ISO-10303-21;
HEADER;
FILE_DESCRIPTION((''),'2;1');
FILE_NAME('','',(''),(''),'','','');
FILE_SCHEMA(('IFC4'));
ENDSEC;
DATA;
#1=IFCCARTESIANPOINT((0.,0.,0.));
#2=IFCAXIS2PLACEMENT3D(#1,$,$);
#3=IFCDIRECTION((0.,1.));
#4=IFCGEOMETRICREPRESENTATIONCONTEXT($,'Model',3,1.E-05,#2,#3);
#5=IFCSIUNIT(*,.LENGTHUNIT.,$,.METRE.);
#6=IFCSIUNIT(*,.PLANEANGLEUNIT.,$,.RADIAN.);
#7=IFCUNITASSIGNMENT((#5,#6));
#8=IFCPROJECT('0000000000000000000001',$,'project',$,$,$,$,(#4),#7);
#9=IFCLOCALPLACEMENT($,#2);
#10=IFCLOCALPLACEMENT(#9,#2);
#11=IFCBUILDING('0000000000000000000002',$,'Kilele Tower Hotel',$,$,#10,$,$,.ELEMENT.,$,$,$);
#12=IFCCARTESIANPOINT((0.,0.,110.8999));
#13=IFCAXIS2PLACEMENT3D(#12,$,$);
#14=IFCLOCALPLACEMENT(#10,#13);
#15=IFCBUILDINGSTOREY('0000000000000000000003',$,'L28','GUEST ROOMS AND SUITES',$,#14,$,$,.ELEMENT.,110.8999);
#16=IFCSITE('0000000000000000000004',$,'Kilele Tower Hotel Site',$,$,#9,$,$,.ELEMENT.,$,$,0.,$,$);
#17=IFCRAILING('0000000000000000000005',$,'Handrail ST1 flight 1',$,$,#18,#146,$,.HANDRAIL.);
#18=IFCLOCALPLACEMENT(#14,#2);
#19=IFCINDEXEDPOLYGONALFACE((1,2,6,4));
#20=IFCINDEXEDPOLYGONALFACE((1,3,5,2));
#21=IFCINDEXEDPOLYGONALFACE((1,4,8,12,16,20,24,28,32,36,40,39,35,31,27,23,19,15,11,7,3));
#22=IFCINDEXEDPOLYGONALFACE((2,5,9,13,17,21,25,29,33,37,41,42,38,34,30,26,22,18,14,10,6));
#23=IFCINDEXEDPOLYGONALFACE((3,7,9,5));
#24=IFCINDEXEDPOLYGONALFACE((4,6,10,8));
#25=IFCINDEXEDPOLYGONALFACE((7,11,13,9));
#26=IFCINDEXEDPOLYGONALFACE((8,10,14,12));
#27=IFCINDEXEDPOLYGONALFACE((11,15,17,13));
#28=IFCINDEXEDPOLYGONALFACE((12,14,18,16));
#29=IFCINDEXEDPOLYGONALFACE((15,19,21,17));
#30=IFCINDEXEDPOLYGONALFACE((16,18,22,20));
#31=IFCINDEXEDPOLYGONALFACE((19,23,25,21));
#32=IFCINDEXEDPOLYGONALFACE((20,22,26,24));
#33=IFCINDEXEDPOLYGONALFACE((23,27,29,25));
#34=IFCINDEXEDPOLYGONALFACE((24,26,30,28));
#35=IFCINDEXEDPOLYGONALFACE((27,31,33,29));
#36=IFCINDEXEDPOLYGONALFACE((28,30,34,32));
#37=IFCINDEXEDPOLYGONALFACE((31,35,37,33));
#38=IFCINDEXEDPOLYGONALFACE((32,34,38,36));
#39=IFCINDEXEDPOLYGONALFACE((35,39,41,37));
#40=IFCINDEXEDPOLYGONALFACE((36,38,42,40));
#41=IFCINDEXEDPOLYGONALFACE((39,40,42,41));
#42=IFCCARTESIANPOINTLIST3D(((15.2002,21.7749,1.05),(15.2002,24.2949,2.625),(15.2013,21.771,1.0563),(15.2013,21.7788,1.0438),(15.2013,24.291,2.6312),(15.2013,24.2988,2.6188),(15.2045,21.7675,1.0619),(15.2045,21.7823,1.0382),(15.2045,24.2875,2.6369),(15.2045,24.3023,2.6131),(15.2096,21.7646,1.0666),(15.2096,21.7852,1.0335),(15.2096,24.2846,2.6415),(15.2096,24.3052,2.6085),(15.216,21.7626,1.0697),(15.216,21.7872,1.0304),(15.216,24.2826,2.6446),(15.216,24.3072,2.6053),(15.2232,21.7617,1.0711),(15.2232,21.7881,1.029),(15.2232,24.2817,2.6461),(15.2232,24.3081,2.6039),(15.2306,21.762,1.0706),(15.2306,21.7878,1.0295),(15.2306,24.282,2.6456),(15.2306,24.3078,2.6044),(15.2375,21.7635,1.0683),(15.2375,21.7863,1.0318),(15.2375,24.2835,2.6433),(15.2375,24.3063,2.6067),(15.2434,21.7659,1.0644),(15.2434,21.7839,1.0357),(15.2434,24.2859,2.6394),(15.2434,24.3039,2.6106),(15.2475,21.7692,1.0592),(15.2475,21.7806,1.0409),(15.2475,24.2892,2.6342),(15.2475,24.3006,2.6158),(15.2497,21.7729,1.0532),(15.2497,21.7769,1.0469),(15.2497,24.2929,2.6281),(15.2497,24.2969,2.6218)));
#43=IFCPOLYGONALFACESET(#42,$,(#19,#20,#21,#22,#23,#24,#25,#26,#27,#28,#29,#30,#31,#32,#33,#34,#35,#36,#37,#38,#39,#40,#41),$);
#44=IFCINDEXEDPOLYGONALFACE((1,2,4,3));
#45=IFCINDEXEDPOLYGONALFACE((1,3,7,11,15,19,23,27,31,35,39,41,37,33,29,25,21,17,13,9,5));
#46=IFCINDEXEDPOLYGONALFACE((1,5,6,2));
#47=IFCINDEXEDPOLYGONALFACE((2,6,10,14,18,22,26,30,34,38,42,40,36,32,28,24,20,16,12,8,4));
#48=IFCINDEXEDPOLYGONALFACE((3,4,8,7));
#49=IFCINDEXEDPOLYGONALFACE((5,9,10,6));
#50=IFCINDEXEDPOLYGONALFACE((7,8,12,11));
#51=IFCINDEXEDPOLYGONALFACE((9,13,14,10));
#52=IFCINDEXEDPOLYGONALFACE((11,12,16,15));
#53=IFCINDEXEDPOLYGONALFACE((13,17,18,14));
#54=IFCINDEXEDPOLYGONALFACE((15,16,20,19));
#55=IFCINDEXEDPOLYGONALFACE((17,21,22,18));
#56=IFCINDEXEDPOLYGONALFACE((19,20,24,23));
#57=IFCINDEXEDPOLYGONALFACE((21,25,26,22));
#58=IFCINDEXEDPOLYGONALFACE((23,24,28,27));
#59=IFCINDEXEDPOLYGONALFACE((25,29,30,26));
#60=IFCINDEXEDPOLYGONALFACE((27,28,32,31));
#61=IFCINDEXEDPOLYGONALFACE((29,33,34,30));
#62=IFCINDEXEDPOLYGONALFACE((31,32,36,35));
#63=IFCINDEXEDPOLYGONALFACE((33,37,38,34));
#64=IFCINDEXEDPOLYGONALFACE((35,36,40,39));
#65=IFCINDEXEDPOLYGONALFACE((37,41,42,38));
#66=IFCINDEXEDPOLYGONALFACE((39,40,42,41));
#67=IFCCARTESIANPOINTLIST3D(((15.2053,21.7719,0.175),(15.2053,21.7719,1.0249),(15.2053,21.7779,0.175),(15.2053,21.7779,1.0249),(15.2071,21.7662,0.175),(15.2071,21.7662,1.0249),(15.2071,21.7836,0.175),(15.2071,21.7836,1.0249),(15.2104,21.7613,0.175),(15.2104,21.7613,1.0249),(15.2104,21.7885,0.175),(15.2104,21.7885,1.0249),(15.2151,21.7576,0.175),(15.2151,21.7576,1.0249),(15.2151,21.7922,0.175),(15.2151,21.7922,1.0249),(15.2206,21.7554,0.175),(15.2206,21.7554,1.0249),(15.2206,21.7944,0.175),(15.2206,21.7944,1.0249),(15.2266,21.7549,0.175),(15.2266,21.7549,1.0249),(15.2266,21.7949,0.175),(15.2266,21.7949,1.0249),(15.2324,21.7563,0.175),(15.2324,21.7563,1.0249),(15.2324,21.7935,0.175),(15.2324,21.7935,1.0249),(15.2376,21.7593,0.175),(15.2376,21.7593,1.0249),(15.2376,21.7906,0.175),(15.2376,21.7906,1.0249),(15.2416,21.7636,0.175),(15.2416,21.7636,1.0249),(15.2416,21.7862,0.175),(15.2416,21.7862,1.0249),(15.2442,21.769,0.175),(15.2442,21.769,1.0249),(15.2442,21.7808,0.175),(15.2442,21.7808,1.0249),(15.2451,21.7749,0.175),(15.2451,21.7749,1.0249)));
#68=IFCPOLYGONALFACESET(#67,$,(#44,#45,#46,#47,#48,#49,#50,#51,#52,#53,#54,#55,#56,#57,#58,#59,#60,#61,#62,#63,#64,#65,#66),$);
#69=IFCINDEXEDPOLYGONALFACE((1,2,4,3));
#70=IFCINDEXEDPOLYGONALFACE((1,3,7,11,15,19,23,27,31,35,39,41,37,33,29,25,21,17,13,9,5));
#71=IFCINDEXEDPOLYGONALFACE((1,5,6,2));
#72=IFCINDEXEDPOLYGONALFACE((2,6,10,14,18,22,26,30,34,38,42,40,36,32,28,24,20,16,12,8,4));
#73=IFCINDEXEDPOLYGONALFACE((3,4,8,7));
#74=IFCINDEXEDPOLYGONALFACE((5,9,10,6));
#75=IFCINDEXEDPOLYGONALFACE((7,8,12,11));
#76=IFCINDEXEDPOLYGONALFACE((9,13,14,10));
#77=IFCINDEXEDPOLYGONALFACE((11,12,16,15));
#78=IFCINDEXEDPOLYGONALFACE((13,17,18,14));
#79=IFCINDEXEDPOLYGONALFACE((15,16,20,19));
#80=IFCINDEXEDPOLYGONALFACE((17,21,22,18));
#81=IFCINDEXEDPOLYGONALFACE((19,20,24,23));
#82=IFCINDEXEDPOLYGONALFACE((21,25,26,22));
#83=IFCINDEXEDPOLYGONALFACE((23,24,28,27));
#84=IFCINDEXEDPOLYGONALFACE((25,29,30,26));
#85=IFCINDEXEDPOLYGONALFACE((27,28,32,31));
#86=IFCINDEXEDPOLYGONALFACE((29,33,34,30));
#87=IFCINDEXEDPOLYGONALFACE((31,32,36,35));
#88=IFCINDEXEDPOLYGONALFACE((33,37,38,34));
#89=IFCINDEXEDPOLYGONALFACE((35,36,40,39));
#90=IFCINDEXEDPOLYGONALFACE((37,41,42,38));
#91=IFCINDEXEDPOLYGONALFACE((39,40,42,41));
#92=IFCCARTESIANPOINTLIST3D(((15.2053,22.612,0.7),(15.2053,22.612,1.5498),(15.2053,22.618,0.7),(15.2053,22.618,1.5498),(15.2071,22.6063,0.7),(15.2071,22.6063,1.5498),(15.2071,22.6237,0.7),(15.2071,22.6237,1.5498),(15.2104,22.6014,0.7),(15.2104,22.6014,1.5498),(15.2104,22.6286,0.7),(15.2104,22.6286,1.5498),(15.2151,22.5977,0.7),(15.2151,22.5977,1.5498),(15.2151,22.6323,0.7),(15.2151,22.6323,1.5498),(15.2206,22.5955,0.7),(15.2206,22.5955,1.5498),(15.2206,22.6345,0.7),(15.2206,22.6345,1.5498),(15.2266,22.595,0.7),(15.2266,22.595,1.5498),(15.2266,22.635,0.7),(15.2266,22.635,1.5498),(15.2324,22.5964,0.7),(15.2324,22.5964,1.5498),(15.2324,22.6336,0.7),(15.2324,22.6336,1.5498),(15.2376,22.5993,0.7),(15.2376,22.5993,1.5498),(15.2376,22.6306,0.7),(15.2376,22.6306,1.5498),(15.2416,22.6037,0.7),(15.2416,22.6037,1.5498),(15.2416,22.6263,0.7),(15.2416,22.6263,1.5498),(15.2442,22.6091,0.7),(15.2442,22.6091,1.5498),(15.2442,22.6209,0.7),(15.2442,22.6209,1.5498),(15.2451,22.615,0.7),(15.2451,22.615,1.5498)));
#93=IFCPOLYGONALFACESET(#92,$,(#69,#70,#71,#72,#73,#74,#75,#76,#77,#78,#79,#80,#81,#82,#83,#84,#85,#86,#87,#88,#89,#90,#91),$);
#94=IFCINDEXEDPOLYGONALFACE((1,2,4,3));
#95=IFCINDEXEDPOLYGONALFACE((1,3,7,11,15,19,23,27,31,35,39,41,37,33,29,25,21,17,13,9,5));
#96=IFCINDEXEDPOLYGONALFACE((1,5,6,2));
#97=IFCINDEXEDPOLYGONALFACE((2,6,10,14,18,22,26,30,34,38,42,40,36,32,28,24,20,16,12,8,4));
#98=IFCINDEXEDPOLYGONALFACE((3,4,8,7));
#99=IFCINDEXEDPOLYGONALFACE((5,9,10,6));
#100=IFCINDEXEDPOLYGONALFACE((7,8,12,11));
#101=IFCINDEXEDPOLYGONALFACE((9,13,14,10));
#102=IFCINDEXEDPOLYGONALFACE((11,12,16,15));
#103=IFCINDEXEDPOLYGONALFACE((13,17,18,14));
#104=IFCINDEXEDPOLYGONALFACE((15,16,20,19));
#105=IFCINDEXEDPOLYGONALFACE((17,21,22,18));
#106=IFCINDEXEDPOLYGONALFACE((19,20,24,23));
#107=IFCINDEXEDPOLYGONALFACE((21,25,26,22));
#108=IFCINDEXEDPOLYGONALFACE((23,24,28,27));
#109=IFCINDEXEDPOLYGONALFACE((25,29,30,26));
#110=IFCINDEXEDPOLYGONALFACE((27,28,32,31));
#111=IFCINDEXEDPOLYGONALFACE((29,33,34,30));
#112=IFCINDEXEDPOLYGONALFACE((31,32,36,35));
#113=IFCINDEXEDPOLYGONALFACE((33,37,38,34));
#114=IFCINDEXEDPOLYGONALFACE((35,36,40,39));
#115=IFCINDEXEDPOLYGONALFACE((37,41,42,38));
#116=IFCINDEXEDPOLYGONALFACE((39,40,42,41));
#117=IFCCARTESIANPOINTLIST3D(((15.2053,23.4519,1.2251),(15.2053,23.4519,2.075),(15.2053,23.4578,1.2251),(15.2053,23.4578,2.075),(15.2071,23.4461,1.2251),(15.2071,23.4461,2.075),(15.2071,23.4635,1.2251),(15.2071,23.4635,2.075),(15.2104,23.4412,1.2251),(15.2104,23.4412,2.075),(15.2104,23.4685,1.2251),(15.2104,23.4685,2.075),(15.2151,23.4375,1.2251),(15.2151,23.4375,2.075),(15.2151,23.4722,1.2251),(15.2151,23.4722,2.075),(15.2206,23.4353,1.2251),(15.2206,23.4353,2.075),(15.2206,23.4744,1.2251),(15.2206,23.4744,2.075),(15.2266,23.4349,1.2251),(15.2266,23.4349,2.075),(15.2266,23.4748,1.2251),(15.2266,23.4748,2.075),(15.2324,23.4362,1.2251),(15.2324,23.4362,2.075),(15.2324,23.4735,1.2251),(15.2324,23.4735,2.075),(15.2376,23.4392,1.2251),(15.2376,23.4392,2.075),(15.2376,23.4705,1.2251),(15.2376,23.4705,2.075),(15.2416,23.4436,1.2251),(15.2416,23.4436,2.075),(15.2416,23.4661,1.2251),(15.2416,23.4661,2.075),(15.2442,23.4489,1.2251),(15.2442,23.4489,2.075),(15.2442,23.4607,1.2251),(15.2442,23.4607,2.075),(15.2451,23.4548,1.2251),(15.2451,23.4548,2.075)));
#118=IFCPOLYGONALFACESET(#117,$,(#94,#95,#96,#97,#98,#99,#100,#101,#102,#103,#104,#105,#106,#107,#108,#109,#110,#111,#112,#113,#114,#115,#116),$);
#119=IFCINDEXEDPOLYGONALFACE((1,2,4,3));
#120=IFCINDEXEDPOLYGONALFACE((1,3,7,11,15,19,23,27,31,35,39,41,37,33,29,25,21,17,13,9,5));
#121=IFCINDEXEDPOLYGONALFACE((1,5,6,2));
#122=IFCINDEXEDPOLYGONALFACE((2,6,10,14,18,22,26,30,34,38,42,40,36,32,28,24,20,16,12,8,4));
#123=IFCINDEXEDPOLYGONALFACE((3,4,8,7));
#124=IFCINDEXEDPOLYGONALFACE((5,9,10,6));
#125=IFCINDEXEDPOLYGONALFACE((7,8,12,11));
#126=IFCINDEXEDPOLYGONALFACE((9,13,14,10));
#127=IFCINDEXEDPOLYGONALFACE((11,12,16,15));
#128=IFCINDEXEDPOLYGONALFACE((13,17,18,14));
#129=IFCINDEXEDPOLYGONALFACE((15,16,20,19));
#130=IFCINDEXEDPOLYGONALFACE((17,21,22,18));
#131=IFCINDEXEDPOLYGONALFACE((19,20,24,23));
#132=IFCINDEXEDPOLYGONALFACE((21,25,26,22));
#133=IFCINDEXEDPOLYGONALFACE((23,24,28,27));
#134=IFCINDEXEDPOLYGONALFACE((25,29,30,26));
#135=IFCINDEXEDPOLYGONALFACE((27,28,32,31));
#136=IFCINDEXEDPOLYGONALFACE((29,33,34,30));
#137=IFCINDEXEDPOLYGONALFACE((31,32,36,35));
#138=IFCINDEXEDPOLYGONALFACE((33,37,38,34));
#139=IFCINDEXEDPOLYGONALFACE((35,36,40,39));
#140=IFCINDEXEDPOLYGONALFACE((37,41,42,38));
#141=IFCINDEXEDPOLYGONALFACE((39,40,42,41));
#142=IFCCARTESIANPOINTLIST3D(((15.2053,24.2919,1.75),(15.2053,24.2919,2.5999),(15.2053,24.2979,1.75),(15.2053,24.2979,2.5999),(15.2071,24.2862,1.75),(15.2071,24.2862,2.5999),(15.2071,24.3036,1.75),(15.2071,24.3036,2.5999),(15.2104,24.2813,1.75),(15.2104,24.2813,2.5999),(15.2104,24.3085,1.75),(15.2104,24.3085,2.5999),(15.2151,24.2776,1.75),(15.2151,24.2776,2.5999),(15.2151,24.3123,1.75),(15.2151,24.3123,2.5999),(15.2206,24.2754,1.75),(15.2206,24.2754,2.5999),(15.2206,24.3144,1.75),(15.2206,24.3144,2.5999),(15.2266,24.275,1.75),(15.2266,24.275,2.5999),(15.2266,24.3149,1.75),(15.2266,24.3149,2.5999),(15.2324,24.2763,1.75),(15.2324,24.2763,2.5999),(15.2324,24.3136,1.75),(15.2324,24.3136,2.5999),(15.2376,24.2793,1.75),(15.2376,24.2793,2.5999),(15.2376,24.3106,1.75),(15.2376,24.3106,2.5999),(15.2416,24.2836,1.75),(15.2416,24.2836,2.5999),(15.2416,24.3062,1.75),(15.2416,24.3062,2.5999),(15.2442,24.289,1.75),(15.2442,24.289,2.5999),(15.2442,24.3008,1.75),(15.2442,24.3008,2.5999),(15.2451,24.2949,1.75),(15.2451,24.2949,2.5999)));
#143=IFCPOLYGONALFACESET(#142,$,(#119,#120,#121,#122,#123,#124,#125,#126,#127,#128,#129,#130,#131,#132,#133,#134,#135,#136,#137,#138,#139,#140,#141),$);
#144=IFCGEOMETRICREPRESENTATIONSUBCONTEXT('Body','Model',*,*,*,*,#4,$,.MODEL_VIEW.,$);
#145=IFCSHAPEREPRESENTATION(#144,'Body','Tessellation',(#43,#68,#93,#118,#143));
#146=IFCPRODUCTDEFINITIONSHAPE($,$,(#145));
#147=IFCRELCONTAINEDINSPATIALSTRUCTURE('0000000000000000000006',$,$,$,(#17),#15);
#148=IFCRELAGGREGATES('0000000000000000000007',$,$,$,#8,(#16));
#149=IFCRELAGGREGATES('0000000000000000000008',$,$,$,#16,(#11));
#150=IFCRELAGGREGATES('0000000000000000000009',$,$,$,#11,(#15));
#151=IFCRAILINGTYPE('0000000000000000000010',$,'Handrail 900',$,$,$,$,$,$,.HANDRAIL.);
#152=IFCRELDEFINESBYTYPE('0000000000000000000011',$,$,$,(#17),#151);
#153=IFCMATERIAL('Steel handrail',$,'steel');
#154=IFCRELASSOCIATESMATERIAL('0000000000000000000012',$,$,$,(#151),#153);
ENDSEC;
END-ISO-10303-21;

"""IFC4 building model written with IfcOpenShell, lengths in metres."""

from ifc_helpers import new_model, si_unit, direction, frame, origin, origin_2d, place, context, subcontext, project, spatial, circle, extrude, material, type_object, element, save


model = new_model("IFC4")

# Units and contexts
model_context = context("Model", 3, precision=1e-05, world=origin(), true_north=direction((0.0, 1.0)))
body_context = subcontext(model_context, "Body", "Model", "MODEL_VIEW")
ifc_project = project(units=[si_unit("LENGTHUNIT", "METRE"), si_unit("PLANEANGLEUNIT", "RADIAN")], contexts=[model_context])

# Site, building, storey
site_placement = place(None, origin())
site = spatial("IfcSite", under=ifc_project, at=site_placement, Name="Kilele Tower Hotel Site", CompositionType="ELEMENT", RefElevation=0.0)
building_placement = place(site_placement, origin())
building = spatial("IfcBuilding", under=site, at=building_placement, Name="Kilele Tower Hotel", CompositionType="ELEMENT")
storey_placement = place(building_placement, frame((0.0, 0.0, 110.8999)))
storey = spatial("IfcBuildingStorey", under=building, at=storey_placement, Name="L28", Description="GUEST ROOMS AND SUITES", CompositionType="ELEMENT", Elevation=110.8999)

# Railing
ifc_material_1 = material(Name="Steel handrail", Category="steel")
railing_type_1 = type_object("IfcRailingType", Name="Handrail 900", PredefinedType="HANDRAIL", material=ifc_material_1)
for number, where, name in (
    (1, (15.2251, 21.7749, 0.175), "Handrail ST1 flight 1"),
):
    element("IfcRailing", number, at=place(storey_placement, frame(where)), inside=storey, type_object=railing_type_1, Name=name, PredefinedType="HANDRAIL", context=body_context, shape_type="SweptSolid", body=[
        extrude(circle(Radius=0.0249, at=origin_2d()), frame((0.0, 0.0, 0.875), z_axis=(0.0, 0.848008, 0.529984), x_axis=(-1.0, 0.0, 0.0)), (0.0, 0.0, 1.0), 2.9717),
        extrude(circle(Radius=0.02, at=origin_2d()), origin(), (0.0, 0.0, 1.0), 0.8499),
        extrude(circle(Radius=0.02, at=origin_2d()), frame((0.0, 0.8401, 0.5249)), (0.0, 0.0, 1.0), 0.8499),
        extrude(circle(Radius=0.02, at=origin_2d()), frame((0.0, 1.6799, 1.05)), (0.0, 0.0, 1.0), 0.8499),
        extrude(circle(Radius=0.02, at=origin_2d()), frame((0.0, 2.52, 1.575)), (0.0, 0.0, 1.0), 0.8499),
    ])

save(model, "model.ifc")
